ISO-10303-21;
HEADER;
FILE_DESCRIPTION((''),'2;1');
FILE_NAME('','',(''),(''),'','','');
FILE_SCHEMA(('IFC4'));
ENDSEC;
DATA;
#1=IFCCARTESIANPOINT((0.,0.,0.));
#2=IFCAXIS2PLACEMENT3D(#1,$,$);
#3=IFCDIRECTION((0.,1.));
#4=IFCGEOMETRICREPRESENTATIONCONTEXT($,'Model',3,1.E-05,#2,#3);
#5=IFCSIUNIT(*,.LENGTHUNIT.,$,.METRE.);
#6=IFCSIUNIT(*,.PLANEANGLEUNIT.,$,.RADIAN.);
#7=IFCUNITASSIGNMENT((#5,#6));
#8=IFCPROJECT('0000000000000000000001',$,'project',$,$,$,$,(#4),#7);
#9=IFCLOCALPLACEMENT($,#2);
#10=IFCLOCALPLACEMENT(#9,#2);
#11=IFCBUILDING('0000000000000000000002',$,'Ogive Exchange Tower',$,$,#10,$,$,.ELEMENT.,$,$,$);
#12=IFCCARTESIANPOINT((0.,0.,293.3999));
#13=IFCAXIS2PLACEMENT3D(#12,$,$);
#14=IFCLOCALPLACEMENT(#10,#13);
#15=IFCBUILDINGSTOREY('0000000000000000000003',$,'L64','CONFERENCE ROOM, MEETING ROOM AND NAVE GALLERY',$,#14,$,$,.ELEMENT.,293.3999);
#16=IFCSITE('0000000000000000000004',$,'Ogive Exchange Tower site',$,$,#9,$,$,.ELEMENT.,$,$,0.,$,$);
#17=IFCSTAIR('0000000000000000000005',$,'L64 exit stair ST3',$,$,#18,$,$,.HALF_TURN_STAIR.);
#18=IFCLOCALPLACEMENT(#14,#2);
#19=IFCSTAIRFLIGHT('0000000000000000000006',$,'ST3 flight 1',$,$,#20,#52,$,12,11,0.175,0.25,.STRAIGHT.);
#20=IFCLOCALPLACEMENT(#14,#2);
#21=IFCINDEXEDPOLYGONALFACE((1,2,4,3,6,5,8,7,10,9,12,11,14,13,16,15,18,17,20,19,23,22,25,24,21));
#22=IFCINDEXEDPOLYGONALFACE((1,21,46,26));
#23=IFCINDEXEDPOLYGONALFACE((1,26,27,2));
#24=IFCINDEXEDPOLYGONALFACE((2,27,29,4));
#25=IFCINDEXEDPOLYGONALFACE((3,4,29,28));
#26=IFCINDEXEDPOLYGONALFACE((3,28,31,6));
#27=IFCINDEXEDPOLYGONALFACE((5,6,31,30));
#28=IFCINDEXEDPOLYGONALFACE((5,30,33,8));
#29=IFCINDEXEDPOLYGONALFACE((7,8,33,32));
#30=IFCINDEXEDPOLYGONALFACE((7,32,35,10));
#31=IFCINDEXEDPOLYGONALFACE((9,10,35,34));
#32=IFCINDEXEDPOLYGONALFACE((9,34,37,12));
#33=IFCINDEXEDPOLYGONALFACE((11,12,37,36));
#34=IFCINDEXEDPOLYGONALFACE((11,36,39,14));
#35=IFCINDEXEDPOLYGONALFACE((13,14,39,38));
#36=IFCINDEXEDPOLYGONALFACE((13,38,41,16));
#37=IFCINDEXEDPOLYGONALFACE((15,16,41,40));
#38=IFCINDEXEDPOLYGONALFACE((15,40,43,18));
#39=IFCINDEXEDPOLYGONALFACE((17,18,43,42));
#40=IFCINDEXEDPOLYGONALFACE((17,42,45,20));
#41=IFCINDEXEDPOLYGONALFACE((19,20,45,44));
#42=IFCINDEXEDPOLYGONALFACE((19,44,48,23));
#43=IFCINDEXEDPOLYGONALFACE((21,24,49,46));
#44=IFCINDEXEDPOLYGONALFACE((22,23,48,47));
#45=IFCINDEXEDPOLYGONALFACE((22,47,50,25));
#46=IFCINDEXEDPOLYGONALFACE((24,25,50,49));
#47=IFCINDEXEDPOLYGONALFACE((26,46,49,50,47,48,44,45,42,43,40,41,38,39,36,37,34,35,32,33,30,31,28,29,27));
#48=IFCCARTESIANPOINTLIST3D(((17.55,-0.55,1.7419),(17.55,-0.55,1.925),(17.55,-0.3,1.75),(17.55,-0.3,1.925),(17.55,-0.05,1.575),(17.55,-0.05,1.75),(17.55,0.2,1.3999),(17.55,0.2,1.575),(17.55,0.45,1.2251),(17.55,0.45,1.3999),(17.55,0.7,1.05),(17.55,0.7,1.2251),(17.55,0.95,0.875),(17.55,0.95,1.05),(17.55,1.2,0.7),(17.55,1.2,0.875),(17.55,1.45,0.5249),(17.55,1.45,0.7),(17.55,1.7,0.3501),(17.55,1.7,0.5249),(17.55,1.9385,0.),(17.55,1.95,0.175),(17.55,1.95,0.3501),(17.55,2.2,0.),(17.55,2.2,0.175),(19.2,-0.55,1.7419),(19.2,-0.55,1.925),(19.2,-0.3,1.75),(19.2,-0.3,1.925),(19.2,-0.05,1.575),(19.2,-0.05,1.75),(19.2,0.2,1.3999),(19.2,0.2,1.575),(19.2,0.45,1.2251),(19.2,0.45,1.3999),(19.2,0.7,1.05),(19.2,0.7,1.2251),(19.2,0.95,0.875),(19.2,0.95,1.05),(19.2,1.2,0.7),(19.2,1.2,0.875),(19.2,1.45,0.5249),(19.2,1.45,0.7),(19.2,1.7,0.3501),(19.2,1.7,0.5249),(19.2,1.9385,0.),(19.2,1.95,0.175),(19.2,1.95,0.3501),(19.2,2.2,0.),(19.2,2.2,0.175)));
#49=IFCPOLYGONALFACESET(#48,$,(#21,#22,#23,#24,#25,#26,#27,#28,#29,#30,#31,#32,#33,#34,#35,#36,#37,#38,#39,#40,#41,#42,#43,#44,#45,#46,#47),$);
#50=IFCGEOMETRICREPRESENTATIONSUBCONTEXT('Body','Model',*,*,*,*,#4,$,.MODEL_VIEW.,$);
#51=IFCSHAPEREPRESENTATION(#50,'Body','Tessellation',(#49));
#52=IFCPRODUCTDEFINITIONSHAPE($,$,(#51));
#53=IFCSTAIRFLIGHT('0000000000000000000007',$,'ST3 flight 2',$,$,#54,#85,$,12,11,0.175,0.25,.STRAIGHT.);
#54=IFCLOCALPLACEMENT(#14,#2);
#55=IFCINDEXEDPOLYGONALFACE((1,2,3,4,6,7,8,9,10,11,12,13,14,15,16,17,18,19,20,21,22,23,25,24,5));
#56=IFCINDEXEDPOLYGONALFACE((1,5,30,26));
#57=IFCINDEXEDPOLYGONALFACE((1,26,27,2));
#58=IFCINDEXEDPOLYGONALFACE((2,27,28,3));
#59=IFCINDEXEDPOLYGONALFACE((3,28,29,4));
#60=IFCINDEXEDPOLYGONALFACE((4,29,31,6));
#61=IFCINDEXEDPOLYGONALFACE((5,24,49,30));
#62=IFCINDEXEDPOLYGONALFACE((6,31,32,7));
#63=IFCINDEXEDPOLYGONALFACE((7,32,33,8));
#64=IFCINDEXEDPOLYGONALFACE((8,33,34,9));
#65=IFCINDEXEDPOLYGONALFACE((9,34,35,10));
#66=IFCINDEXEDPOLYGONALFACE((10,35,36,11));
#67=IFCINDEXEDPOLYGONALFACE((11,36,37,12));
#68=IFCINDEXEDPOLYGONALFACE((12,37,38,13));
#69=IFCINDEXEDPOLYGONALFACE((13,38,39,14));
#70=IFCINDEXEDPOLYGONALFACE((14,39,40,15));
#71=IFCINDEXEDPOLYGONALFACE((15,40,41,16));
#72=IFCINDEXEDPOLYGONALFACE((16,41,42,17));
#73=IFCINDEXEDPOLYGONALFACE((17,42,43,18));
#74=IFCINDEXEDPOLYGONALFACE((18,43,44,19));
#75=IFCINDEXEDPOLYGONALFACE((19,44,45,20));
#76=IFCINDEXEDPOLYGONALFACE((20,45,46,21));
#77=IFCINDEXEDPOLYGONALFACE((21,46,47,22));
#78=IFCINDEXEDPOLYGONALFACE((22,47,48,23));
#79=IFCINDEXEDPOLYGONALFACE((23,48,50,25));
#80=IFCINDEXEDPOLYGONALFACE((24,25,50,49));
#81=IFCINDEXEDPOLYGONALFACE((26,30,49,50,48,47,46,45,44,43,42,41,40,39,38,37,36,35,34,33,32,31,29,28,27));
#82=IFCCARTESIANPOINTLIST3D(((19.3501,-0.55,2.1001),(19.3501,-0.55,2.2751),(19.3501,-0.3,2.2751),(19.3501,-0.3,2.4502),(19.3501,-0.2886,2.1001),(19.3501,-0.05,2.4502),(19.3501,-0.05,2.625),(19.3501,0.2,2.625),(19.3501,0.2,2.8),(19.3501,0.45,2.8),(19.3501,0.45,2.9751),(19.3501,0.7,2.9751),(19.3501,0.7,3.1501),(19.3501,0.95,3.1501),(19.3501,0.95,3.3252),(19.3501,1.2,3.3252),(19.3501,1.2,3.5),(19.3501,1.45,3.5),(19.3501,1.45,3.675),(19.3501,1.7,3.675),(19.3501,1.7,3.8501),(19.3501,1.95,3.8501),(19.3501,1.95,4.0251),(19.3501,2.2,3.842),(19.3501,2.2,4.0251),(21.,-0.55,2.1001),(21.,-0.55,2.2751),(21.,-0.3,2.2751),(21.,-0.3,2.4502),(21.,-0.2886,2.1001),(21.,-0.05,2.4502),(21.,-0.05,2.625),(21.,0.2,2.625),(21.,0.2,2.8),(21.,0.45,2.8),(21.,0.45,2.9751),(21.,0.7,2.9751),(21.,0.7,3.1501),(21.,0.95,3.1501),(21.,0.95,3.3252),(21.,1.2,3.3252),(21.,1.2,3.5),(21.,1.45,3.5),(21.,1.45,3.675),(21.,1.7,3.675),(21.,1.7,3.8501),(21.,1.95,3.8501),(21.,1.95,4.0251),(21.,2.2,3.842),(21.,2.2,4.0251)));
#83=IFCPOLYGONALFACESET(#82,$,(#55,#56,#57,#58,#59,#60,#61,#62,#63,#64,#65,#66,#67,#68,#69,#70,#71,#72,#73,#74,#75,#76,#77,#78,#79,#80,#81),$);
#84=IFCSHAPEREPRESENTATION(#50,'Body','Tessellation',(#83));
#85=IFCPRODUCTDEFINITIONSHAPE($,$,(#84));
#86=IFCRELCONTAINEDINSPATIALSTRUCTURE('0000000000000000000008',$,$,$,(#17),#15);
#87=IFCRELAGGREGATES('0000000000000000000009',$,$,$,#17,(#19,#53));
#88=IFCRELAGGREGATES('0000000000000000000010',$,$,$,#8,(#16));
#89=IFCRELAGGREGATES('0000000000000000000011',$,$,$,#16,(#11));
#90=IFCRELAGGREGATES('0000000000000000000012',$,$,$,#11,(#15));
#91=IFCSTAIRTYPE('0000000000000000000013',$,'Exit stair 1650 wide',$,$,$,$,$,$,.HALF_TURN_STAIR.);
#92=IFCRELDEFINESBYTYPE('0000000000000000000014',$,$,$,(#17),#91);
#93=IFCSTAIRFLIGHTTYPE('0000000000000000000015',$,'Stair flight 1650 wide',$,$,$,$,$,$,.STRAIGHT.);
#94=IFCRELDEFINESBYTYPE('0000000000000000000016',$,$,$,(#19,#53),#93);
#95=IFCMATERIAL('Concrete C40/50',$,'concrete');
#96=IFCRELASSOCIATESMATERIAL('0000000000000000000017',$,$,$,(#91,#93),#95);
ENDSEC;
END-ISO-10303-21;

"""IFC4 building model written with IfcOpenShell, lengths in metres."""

from ifc_helpers import new_model, si_unit, direction, frame, origin, place, context, subcontext, project, spatial, polyline, outline, extrude, material, type_object, element, aggregate, save


model = new_model("IFC4")

# Units and contexts
model_context = context("Model", 3, precision=1e-05, world=origin(), true_north=direction((0.0, 1.0)))
body_context = subcontext(model_context, "Body", "Model", "MODEL_VIEW")
ifc_project = project(units=[si_unit("LENGTHUNIT", "METRE"), si_unit("PLANEANGLEUNIT", "RADIAN")], contexts=[model_context])

# Site, building, storey
site_placement = place(None, origin())
site = spatial("IfcSite", under=ifc_project, at=site_placement, Name="Ogive Exchange Tower site", CompositionType="ELEMENT", RefElevation=0.0)
building_placement = place(site_placement, origin())
building = spatial("IfcBuilding", under=site, at=building_placement, Name="Ogive Exchange Tower", CompositionType="ELEMENT")
storey_placement = place(building_placement, frame((0.0, 0.0, 293.3999)))
storey = spatial("IfcBuildingStorey", under=building, at=storey_placement, Name="L64", Description="CONFERENCE ROOM, MEETING ROOM AND NAVE GALLERY", CompositionType="ELEMENT", Elevation=293.3999)

# Stair, stair flights
ifc_material_1 = material(Name="Concrete C40/50", Category="concrete")
stair_type = type_object("IfcStairType", Name="Exit stair 1650 wide", PredefinedType="HALF_TURN_STAIR", material=ifc_material_1)
stair_placement = place(storey_placement, origin())
stair = element("IfcStair", 1, at=stair_placement, inside=storey, type_object=stair_type, Name="L64 exit stair ST3", PredefinedType="HALF_TURN_STAIR")
stair_flight_type = type_object("IfcStairFlightType", Name="Stair flight 1650 wide", PredefinedType="STRAIGHT", material=ifc_material_1)
stair_flight_1_placement = place(storey_placement, frame((18.375, 2.2, 0.0), z_axis=(0.0, 0.0, 1.0), x_axis=(0.0, -1.0, 0.0)))
stair_flight_1 = element("IfcStairFlight", 2, at=stair_flight_1_placement, type_object=stair_flight_type, Name="ST3 flight 1", NumberOfRisers=12, NumberOfTreads=11, PredefinedType="STRAIGHT", RiserHeight=0.175, TreadLength=0.25, context=body_context, shape_type="SweptSolid", body=[
    extrude(outline(polyline([(0.0, 0.0), (0.0, 0.175), (0.25, 0.175), (0.25, 0.3501), (0.5, 0.3501), (0.5, 0.5249), (0.75, 0.5249), (0.75, 0.7), (1.0, 0.7), (1.0, 0.875), (1.25, 0.875), (1.25, 1.05), (1.5, 1.05), (1.5, 1.2251), (1.75, 1.2251), (1.75, 1.3999), (2.0, 1.3999), (2.0, 1.575), (2.25, 1.575), (2.25, 1.75), (2.5, 1.75), (2.5, 1.925), (2.75, 1.925), (2.75, 2.1001), (2.75, 1.7419), (0.2615, 0.0), (0.0, 0.0)])), frame((0.0, 0.825, 0.0), z_axis=(0.0, -1.0, 0.0), x_axis=(1.0, 0.0, 0.0)), (0.0, 0.0, 1.0), 1.6499),
])
stair_flight_2_placement = place(storey_placement, frame((20.175, -0.55, 2.1001), z_axis=(0.0, 0.0, 1.0), x_axis=(0.0, 1.0, 0.0)))
stair_flight_2 = element("IfcStairFlight", 3, at=stair_flight_2_placement, type_object=stair_flight_type, Name="ST3 flight 2", NumberOfRisers=12, NumberOfTreads=11, PredefinedType="STRAIGHT", RiserHeight=0.175, TreadLength=0.25, context=body_context, shape_type="SweptSolid", body=[
    extrude(outline(polyline([(0.0, 0.0), (0.0, 0.175), (0.25, 0.175), (0.25, 0.3501), (0.5, 0.3501), (0.5, 0.5249), (0.75, 0.5249), (0.75, 0.7), (1.0, 0.7), (1.0, 0.875), (1.25, 0.875), (1.25, 1.05), (1.5, 1.05), (1.5, 1.2251), (1.75, 1.2251), (1.75, 1.3999), (2.0, 1.3999), (2.0, 1.575), (2.25, 1.575), (2.25, 1.75), (2.5, 1.75), (2.5, 1.925), (2.75, 1.925), (2.75, 2.1001), (2.75, 1.7419), (0.2615, 0.0), (0.0, 0.0)])), frame((0.0, 0.825, 0.0), z_axis=(0.0, -1.0, 0.0), x_axis=(1.0, 0.0, 0.0)), (0.0, 0.0, 1.0), 1.6499),
])
aggregate(stair, [stair_flight_1, stair_flight_2])

save(model, "model.ifc")
